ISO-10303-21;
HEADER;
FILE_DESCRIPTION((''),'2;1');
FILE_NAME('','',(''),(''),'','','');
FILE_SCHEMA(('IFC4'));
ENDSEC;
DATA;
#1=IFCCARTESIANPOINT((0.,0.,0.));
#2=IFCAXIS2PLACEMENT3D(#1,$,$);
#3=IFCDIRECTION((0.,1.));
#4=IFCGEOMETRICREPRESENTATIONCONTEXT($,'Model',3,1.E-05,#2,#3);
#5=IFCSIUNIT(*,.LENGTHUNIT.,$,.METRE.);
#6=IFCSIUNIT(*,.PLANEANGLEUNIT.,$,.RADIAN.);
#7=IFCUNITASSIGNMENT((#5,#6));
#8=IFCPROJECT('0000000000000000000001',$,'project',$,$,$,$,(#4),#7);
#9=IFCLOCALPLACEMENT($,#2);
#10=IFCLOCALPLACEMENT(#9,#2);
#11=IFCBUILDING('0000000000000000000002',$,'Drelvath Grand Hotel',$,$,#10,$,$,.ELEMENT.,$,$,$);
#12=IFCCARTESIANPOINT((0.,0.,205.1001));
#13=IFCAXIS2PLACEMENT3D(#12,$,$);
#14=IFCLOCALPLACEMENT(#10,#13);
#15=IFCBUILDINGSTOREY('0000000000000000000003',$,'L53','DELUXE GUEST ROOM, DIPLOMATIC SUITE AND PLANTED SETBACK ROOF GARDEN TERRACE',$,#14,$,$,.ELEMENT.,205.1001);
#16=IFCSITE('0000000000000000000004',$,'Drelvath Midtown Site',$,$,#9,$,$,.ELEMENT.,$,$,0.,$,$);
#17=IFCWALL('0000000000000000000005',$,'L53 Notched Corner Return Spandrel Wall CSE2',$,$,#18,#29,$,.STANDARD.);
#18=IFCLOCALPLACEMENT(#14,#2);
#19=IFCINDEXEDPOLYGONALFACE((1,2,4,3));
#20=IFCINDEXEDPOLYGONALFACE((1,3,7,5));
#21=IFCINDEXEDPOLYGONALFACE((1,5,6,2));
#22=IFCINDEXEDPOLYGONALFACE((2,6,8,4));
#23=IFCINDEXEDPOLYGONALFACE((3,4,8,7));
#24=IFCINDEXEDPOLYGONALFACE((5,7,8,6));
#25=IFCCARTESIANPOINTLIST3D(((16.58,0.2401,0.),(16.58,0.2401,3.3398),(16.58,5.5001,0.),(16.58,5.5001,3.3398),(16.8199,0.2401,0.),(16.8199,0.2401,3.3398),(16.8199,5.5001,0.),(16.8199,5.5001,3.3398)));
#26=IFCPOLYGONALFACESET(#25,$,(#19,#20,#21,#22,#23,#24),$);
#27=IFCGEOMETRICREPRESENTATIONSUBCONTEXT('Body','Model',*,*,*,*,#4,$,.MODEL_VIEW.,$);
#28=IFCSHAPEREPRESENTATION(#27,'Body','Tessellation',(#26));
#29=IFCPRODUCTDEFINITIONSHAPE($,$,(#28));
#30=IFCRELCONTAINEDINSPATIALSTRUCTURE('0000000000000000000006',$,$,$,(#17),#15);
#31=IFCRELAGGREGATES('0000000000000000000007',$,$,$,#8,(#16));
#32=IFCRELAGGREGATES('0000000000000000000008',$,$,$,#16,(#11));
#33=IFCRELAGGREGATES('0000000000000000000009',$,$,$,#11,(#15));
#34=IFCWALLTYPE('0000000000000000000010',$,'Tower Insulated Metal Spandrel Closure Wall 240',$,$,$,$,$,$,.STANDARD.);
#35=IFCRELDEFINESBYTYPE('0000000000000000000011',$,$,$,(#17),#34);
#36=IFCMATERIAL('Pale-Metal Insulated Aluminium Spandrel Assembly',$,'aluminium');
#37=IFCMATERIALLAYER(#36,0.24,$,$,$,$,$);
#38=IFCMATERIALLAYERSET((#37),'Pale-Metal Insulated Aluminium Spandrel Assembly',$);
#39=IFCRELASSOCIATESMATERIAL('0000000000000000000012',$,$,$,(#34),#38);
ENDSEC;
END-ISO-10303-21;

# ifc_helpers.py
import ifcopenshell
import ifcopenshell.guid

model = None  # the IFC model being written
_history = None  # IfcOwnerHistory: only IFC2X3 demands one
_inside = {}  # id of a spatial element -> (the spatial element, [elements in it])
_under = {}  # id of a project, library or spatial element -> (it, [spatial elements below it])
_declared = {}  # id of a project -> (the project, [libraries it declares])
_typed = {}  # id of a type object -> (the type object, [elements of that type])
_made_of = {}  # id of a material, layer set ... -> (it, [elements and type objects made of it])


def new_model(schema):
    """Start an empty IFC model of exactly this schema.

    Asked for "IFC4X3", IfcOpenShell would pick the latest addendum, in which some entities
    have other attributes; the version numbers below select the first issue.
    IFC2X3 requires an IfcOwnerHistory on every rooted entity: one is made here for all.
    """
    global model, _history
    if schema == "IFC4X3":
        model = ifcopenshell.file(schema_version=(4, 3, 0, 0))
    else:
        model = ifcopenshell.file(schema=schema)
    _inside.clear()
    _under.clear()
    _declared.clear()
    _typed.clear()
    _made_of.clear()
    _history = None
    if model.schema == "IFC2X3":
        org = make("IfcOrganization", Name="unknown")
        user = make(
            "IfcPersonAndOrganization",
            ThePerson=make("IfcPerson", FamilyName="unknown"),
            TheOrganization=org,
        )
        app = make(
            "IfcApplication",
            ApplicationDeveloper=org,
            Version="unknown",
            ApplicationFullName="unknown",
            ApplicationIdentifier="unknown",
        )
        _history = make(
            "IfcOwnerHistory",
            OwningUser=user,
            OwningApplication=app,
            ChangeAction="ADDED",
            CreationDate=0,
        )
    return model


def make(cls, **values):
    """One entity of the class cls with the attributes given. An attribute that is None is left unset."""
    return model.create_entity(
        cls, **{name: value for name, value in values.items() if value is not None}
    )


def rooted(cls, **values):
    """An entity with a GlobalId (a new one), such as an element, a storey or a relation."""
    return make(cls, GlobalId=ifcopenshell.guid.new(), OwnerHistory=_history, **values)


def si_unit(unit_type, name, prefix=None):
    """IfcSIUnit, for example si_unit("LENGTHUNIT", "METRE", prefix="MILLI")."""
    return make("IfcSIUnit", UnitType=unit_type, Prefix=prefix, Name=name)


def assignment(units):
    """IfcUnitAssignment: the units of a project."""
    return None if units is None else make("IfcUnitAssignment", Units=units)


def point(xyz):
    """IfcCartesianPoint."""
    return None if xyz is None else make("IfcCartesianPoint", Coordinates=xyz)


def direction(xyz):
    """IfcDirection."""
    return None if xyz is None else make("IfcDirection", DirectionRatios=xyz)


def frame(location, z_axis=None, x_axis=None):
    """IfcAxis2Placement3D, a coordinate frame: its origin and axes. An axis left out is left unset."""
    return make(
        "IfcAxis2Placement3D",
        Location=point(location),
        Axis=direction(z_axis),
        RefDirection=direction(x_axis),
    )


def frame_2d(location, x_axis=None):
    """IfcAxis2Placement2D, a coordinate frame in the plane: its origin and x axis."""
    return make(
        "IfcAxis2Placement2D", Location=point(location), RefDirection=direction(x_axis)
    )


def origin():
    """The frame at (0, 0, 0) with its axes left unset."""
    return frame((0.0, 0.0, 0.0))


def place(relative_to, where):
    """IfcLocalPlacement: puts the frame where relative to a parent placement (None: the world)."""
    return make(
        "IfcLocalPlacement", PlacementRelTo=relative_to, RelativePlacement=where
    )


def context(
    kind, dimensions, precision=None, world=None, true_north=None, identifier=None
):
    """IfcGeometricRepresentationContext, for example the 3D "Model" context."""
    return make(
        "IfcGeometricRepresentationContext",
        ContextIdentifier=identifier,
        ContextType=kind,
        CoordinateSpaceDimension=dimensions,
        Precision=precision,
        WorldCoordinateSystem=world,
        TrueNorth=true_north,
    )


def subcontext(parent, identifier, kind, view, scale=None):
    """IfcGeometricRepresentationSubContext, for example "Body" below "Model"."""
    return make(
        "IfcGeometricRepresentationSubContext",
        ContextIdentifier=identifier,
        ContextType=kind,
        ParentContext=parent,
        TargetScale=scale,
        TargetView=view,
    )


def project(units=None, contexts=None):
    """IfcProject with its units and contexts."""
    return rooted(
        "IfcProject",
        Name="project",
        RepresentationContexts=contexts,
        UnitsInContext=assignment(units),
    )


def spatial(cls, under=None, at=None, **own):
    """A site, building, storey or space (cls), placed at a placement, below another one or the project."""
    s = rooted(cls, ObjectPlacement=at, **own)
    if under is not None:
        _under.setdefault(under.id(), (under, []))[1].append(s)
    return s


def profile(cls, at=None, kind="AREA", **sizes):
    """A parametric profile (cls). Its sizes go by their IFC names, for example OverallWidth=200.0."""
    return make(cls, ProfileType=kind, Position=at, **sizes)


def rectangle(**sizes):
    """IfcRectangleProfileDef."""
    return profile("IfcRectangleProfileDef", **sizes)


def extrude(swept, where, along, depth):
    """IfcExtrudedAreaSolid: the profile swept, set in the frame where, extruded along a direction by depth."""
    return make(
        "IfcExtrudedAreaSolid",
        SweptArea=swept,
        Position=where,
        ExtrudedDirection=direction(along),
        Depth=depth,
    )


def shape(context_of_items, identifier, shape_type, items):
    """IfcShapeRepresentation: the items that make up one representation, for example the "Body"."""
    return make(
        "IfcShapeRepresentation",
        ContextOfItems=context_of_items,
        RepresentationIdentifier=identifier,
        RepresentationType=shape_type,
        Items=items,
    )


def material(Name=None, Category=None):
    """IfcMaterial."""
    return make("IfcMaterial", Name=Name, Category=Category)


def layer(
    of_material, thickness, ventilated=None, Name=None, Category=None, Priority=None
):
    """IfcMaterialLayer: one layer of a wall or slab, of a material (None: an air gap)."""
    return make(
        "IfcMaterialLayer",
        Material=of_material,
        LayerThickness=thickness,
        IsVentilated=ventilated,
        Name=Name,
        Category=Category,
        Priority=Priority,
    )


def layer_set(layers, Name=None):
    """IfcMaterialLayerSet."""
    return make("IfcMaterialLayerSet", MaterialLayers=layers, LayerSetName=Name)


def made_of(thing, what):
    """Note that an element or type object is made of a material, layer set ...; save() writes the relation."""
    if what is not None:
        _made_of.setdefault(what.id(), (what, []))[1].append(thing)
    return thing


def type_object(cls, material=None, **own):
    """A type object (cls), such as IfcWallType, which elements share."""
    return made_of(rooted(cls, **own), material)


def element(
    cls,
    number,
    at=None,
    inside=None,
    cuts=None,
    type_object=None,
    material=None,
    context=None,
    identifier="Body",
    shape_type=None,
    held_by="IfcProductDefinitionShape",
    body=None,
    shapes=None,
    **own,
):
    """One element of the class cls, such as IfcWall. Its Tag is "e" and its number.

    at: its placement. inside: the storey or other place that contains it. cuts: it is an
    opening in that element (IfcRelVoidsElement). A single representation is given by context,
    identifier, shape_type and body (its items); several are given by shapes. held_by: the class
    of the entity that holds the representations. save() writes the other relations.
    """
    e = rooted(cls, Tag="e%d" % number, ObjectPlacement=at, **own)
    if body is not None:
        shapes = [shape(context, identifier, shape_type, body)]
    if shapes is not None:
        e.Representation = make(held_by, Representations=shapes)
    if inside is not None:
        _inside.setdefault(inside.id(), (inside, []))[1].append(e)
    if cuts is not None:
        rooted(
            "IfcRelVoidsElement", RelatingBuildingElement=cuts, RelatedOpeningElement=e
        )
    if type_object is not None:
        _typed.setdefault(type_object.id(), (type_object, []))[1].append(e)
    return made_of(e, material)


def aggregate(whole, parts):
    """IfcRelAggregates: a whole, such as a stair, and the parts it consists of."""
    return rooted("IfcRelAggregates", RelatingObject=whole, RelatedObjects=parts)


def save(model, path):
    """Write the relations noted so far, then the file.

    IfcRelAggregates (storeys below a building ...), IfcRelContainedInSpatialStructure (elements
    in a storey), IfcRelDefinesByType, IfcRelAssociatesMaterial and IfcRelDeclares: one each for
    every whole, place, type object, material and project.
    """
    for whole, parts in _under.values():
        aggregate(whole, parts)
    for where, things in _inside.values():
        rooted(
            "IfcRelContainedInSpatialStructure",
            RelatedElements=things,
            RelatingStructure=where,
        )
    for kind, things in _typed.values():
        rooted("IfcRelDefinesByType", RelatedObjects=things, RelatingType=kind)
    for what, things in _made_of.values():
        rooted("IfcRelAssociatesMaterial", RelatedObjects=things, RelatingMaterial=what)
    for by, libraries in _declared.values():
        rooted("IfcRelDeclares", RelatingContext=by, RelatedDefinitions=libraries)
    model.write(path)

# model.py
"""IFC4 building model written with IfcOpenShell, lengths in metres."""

from ifc_helpers import new_model, si_unit, direction, frame, frame_2d, origin, place, context, subcontext, project, spatial, rectangle, extrude, material, layer, layer_set, type_object, element, save


model = new_model("IFC4")

# Units and contexts
model_context = context("Model", 3, precision=1e-05, world=origin(), true_north=direction((0.0, 1.0)))
body_context = subcontext(model_context, "Body", "Model", "MODEL_VIEW")
ifc_project = project(units=[si_unit("LENGTHUNIT", "METRE"), si_unit("PLANEANGLEUNIT", "RADIAN")], contexts=[model_context])

# Site, building, storey
site_placement = place(None, origin())
site = spatial("IfcSite", under=ifc_project, at=site_placement, Name="Drelvath Midtown Site", CompositionType="ELEMENT", RefElevation=0.0)
building_placement = place(site_placement, origin())
building = spatial("IfcBuilding", under=site, at=building_placement, Name="Drelvath Grand Hotel", CompositionType="ELEMENT")
storey_placement = place(building_placement, frame((0.0, 0.0, 205.1001)))
storey = spatial("IfcBuildingStorey", under=building, at=storey_placement, Name="L53", Description="DELUXE GUEST ROOM, DIPLOMATIC SUITE AND PLANTED SETBACK ROOF GARDEN TERRACE", CompositionType="ELEMENT", Elevation=205.1001)

# Wall
ifc_material_1 = material(Name="Pale-Metal Insulated Aluminium Spandrel Assembly", Category="aluminium")
ifc_layer_1 = layer(ifc_material_1, 0.24)
ifc_layer_set_1 = layer_set([ifc_layer_1], Name="Pale-Metal Insulated Aluminium Spandrel Assembly")
wall_type_1 = type_object("IfcWallType", Name="Tower Insulated Metal Spandrel Closure Wall 240", PredefinedType="STANDARD", material=ifc_layer_set_1)
wall_1_placement = place(storey_placement, frame((16.7, 5.5, 0.0), z_axis=(0.0, 0.0, 1.0), x_axis=(0.0, -1.0, 0.0)))
element("IfcWall", 1, at=wall_1_placement, inside=storey, type_object=wall_type_1, Name="L53 Notched Corner Return Spandrel Wall CSE2", PredefinedType="STANDARD", context=body_context, shape_type="SweptSolid", body=[
    extrude(rectangle(XDim=5.26, YDim=0.24, at=frame_2d((2.6299, 0.0))), origin(), (0.0, 0.0, 1.0), 3.3398),
])

save(model, "model.ifc")
